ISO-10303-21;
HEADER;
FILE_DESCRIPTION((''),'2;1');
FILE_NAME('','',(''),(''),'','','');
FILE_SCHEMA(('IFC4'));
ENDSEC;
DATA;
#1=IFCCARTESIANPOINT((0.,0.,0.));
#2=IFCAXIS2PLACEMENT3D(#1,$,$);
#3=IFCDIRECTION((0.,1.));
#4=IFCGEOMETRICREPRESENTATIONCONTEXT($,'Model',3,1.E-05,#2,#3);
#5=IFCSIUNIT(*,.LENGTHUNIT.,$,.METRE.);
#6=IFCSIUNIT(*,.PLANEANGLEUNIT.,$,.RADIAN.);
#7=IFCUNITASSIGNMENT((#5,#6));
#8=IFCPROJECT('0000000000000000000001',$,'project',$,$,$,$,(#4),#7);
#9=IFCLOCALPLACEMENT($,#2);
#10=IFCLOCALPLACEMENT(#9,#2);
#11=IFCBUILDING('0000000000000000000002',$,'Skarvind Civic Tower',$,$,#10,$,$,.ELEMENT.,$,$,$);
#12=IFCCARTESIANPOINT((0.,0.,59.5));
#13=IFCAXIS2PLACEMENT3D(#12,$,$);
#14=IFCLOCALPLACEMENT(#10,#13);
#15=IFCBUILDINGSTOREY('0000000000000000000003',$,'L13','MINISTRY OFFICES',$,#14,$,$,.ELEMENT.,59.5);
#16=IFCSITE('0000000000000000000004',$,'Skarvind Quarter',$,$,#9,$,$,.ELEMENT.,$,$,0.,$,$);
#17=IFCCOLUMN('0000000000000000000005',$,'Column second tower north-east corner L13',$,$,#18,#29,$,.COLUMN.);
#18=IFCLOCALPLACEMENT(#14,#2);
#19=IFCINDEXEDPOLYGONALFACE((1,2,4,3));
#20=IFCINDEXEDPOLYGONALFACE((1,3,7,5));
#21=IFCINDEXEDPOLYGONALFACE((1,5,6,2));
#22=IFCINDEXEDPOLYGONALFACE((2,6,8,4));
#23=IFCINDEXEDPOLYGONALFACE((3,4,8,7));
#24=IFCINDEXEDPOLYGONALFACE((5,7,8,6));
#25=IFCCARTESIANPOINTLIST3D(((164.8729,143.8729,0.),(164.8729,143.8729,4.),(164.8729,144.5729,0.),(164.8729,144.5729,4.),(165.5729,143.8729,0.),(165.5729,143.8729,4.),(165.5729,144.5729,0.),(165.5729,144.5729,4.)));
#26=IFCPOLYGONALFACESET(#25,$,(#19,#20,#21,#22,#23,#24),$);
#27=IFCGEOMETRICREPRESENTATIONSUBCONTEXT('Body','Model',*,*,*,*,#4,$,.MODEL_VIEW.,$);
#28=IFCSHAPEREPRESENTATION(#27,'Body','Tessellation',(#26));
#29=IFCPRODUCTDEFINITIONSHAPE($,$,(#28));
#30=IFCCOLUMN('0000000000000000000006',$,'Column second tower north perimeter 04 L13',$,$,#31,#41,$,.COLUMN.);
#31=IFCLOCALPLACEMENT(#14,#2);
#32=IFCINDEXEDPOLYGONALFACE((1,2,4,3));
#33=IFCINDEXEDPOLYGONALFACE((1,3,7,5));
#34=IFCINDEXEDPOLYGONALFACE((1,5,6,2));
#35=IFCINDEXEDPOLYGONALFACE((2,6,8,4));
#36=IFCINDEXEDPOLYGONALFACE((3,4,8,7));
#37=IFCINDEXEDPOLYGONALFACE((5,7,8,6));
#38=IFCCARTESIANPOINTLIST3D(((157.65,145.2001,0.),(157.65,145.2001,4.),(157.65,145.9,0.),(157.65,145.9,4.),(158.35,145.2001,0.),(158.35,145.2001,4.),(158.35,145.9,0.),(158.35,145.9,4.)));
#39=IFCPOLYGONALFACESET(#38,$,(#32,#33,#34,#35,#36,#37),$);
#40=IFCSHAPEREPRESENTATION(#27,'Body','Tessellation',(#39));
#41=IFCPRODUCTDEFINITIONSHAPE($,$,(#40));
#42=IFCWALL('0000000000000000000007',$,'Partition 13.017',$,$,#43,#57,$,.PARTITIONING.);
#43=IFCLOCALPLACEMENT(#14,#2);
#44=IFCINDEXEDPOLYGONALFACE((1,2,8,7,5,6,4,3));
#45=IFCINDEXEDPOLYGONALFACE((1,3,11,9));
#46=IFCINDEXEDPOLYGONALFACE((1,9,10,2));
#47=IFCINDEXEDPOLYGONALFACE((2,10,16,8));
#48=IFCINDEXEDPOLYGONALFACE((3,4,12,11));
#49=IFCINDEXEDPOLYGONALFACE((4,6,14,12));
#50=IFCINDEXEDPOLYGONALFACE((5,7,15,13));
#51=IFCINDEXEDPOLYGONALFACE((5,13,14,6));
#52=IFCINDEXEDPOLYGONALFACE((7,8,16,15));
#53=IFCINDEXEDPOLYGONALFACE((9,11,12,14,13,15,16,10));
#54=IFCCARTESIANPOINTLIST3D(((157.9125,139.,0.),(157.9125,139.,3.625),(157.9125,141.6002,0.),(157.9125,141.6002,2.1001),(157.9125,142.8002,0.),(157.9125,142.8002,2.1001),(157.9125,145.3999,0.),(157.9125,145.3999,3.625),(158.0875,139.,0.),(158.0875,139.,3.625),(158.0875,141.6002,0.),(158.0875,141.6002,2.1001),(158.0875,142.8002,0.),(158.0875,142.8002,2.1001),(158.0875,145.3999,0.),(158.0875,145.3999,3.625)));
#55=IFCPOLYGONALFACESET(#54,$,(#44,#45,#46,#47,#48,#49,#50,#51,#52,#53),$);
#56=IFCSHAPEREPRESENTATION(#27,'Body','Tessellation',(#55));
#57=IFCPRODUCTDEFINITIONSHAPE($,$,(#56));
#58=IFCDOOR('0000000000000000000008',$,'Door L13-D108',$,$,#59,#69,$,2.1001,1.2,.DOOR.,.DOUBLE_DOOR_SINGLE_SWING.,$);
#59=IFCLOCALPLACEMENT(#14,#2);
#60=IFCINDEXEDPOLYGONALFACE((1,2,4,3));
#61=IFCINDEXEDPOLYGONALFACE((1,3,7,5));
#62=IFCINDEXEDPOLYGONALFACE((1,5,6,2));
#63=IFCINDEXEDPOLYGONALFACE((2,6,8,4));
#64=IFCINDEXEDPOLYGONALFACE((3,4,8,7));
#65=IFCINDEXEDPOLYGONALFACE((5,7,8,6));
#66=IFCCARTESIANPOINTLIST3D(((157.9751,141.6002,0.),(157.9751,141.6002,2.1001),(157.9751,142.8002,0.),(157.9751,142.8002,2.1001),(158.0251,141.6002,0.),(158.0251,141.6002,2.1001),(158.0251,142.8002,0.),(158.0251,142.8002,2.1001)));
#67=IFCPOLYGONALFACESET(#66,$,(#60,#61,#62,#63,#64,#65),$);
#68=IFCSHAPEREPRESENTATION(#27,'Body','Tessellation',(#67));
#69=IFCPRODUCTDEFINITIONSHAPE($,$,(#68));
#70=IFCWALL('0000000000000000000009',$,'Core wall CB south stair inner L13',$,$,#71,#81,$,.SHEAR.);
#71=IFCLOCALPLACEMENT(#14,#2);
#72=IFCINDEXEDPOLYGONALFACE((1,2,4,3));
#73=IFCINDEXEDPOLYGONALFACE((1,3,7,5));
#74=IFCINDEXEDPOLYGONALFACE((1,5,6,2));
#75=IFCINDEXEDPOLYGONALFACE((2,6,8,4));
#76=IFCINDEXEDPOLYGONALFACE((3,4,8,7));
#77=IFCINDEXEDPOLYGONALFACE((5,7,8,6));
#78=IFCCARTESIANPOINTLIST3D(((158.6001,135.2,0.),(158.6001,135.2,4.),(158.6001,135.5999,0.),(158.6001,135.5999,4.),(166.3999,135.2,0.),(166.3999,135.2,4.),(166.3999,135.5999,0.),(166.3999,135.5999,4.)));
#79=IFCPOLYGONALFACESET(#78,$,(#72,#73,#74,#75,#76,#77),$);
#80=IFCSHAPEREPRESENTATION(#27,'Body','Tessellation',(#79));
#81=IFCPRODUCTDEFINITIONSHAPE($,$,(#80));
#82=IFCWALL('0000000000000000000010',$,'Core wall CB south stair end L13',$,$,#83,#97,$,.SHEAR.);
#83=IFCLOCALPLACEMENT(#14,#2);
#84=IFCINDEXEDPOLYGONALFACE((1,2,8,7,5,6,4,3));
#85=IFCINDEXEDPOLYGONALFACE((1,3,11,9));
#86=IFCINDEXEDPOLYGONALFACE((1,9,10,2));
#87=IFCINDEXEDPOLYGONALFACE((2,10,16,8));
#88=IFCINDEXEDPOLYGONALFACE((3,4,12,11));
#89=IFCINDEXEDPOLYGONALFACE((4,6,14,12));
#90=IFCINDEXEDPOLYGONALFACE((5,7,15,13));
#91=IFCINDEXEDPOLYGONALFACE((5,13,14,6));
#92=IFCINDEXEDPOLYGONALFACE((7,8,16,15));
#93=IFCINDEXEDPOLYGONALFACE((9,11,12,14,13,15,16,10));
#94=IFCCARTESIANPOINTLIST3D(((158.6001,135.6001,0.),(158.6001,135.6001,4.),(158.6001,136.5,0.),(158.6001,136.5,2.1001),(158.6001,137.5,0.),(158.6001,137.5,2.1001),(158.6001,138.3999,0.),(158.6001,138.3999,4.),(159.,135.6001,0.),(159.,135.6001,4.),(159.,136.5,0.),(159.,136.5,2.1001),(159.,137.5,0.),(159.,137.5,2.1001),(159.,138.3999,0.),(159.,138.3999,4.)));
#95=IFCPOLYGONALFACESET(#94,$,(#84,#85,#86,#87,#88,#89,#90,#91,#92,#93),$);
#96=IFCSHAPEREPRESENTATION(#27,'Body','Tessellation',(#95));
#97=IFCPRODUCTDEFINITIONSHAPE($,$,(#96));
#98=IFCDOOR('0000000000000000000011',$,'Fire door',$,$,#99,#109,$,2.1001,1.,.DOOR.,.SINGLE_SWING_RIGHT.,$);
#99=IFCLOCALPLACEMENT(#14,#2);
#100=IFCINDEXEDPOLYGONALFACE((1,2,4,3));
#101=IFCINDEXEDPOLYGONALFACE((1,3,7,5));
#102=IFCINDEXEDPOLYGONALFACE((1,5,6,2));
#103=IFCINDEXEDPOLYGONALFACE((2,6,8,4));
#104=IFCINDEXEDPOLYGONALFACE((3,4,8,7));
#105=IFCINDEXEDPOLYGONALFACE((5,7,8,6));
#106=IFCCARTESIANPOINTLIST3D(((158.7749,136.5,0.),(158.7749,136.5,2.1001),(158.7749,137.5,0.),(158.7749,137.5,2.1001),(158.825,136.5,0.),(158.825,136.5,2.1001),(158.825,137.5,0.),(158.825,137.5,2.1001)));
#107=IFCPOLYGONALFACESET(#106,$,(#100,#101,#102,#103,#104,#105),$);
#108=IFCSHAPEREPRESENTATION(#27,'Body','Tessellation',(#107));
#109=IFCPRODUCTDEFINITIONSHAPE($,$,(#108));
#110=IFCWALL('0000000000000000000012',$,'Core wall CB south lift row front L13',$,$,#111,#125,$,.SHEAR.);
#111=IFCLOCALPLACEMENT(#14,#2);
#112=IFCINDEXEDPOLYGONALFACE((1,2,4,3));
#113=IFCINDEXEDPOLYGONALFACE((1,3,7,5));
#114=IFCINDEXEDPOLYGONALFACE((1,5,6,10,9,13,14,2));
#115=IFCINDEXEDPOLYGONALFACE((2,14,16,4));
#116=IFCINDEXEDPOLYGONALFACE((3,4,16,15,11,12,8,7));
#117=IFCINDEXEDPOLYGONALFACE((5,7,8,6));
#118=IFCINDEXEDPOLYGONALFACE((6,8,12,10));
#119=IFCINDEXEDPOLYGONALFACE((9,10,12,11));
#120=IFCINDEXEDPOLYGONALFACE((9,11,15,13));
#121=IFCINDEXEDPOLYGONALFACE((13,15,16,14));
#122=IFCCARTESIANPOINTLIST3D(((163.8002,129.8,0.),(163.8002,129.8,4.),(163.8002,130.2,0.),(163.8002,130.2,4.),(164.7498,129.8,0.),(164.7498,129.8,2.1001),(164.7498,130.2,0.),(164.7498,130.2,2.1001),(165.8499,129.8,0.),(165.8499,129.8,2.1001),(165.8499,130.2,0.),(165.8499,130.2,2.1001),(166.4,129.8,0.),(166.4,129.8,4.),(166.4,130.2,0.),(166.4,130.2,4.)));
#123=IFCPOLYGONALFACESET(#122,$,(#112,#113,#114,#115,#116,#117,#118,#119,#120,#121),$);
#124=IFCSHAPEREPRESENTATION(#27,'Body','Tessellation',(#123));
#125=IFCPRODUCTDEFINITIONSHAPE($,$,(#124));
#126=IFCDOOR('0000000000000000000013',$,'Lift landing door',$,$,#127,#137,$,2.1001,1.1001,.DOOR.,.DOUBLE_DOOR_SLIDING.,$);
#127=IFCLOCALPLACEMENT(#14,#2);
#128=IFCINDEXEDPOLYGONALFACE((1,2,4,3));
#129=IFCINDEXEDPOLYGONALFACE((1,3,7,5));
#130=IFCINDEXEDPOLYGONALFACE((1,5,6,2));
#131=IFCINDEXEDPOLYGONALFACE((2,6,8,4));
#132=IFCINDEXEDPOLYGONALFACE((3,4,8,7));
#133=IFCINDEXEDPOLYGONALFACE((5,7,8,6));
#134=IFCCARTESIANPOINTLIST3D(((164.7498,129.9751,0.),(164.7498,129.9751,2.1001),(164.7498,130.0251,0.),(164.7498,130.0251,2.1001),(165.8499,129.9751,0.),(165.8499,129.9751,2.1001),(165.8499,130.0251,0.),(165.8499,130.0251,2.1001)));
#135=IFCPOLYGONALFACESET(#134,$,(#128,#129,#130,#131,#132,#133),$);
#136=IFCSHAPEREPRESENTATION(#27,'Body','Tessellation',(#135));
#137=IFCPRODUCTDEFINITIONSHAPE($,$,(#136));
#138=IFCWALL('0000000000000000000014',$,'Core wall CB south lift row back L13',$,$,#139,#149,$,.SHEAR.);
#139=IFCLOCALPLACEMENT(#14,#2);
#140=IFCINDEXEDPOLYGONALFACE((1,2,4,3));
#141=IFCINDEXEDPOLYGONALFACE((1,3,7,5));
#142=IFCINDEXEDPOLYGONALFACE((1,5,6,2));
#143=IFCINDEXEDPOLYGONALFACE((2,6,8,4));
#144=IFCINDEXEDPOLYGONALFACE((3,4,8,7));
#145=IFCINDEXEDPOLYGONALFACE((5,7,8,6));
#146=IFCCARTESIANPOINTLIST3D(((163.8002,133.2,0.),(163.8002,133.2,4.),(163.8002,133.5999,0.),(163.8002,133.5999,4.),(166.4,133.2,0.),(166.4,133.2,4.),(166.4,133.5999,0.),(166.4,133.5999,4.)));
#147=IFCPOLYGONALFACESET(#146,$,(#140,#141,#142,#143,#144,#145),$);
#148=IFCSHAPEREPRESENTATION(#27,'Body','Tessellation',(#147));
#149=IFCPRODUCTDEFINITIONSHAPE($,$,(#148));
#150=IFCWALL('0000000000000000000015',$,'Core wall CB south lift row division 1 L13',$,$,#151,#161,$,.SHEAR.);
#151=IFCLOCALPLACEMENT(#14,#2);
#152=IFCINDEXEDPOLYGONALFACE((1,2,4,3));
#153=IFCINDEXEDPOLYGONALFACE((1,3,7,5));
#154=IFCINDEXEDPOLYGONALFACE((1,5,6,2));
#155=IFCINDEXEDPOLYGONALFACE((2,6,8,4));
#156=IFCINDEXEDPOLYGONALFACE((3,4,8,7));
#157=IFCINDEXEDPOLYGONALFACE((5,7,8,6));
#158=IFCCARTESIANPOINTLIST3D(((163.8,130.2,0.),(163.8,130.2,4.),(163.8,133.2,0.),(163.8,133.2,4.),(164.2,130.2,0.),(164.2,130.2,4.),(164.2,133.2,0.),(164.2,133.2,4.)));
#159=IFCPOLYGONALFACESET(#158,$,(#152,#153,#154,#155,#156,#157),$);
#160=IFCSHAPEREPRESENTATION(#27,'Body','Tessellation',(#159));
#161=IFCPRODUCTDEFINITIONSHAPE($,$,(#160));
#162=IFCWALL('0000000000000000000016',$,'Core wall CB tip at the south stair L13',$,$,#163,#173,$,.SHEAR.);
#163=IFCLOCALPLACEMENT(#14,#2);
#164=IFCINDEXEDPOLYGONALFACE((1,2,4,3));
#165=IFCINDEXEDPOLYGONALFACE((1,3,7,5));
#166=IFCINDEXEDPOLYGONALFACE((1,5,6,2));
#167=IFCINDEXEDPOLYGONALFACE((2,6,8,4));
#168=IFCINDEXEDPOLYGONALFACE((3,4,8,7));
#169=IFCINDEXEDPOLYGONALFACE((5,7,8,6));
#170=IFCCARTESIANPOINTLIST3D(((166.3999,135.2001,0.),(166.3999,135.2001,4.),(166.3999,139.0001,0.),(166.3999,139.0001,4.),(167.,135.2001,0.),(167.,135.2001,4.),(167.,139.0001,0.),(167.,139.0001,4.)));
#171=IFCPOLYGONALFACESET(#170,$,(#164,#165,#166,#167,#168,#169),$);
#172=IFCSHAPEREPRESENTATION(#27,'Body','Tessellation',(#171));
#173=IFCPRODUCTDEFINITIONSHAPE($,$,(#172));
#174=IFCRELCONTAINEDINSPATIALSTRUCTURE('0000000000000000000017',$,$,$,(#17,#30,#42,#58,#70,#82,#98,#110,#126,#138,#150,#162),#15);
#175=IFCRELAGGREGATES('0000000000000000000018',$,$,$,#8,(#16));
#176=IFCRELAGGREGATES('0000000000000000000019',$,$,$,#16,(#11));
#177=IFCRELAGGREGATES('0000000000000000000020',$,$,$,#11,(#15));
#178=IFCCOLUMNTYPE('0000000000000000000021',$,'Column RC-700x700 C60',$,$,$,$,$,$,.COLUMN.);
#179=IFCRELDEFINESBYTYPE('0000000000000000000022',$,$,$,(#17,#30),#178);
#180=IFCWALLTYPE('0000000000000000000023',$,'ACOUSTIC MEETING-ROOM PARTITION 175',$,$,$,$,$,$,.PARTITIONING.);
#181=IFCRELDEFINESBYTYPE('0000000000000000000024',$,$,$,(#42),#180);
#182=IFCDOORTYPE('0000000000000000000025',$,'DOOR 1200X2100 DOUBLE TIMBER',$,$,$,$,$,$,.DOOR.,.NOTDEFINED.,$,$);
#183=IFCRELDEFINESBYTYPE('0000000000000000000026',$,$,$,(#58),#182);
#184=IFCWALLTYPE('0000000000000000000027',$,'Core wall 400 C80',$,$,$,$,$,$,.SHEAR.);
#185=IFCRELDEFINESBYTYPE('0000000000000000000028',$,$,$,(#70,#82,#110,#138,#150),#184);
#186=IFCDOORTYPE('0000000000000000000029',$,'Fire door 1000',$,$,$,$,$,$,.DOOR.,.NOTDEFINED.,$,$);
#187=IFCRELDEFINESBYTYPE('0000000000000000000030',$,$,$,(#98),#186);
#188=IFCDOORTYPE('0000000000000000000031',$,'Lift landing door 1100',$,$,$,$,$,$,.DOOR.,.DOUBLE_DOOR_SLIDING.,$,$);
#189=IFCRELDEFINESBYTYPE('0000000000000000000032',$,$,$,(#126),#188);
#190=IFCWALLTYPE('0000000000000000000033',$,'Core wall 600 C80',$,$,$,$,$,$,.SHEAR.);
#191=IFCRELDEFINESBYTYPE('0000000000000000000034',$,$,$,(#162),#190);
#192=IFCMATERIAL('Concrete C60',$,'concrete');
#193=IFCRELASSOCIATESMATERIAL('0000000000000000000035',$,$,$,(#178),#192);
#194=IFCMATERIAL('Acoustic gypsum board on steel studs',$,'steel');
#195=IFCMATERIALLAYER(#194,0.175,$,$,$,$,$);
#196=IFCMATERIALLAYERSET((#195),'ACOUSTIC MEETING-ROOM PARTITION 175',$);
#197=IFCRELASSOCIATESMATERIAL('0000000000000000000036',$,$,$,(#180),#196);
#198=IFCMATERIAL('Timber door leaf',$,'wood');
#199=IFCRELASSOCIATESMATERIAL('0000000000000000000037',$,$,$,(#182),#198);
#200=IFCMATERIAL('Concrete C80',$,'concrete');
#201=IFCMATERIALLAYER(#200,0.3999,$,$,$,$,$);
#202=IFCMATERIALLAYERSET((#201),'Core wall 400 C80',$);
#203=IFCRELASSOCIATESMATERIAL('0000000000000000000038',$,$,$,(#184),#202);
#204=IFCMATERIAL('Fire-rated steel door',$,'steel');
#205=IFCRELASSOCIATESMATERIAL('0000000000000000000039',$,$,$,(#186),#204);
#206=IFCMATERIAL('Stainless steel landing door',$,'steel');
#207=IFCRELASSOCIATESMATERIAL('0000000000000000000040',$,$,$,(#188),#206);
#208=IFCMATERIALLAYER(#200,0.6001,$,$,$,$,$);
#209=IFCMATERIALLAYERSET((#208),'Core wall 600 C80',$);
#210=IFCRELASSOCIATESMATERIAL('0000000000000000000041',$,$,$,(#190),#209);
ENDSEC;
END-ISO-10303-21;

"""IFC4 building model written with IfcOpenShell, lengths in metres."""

from ifc_helpers import new_model, si_unit, direction, frame, frame_2d, origin, origin_2d, place, context, subcontext, project, spatial, rectangle, extrude, material, layer, layer_set, material_profile, profile_set, type_object, element, fill, save


model = new_model("IFC4")

# Units and contexts
model_context = context("Model", 3, precision=1e-05, world=origin(), true_north=direction((0.0, 1.0)))
body_context = subcontext(model_context, "Body", "Model", "MODEL_VIEW")
ifc_project = project(units=[si_unit("LENGTHUNIT", "METRE"), si_unit("PLANEANGLEUNIT", "RADIAN")], contexts=[model_context])

# Site, building, storey
site_placement = place(None, origin())
site = spatial("IfcSite", under=ifc_project, at=site_placement, Name="Skarvind Quarter", CompositionType="ELEMENT", RefElevation=0.0)
building_placement = place(site_placement, origin())
building = spatial("IfcBuilding", under=site, at=building_placement, Name="Skarvind Civic Tower", CompositionType="ELEMENT")
storey_placement = place(building_placement, frame((0.0, 0.0, 59.5)))
storey = spatial("IfcBuildingStorey", under=building, at=storey_placement, Name="L13", Description="MINISTRY OFFICES", CompositionType="ELEMENT", Elevation=59.5)

# Columns
ifc_material_1 = material(Name="Concrete C60", Category="concrete")
ifc_material_profile = material_profile(ifc_material_1, rectangle(XDim=0.7, YDim=0.7, at=origin_2d()), Name="RC-700x700")
ifc_profile_set = profile_set([ifc_material_profile], Name="Concrete C60")
column_type = type_object("IfcColumnType", Name="Column RC-700x700 C60", PredefinedType="COLUMN", material=ifc_profile_set)
for number, where, z_axis, x_axis, name in (
    (1, (165.2229, 144.2229, 0.0), (0.0, 0.0, 1.0), (1.0, 0.0, 0.0), "Column second tower north-east corner L13"),
    (2, (158.0, 145.55, 0.0), (0.0, 0.0, 1.0), (1.0, 0.0, 0.0), "Column second tower north perimeter 04 L13"),
):
    element("IfcColumn", number, at=place(storey_placement, frame(where, z_axis=z_axis, x_axis=x_axis)), inside=storey, type_object=column_type, Name=name, PredefinedType="COLUMN", context=body_context, shape_type="SweptSolid", body=[
        extrude(rectangle(XDim=0.7, YDim=0.7, at=origin_2d()), origin(), (0.0, 0.0, 1.0), 4.0),
    ])

# Wall, opening, door
ifc_material_2 = material(Name="Acoustic gypsum board on steel studs", Category="steel")
ifc_layer_1 = layer(ifc_material_2, 0.175)
ifc_layer_set_1 = layer_set([ifc_layer_1], Name="ACOUSTIC MEETING-ROOM PARTITION 175")
wall_type_1 = type_object("IfcWallType", Name="ACOUSTIC MEETING-ROOM PARTITION 175", PredefinedType="PARTITIONING", material=ifc_layer_set_1)
wall_1_placement = place(storey_placement, frame((158.0, 139.0, 0.0), z_axis=(0.0, 0.0, 1.0), x_axis=(0.0, 1.0, 0.0)))
wall_1 = element("IfcWall", 3, at=wall_1_placement, inside=storey, type_object=wall_type_1, Name="Partition 13.017", PredefinedType="PARTITIONING", context=body_context, shape_type="SweptSolid", body=[
    extrude(rectangle(XDim=6.3999, YDim=0.175, at=frame_2d((3.2, 0.0))), origin(), (0.0, 0.0, 1.0), 3.625),
])
opening_1_placement = place(wall_1_placement, frame((2.6001, 0.0, 0.0)))
opening_1 = element("IfcOpeningElement", 4, at=opening_1_placement, cuts=wall_1, PredefinedType="OPENING", context=body_context, shape_type="SweptSolid", body=[
    extrude(rectangle(XDim=1.2, YDim=2.1001, at=frame_2d((0.6001, 1.05))), frame((0.0, 0.0974, 0.0), z_axis=(0.0, -1.0, 0.0), x_axis=(1.0, 0.0, 0.0)), (0.0, 0.0, 1.0), 0.1951),
])
ifc_material_3 = material(Name="Timber door leaf", Category="wood")
door_type_1 = type_object("IfcDoorType", Name="DOOR 1200X2100 DOUBLE TIMBER", OperationType="NOTDEFINED", PredefinedType="DOOR", material=ifc_material_3)
door_1_placement = place(opening_1_placement, origin())
door_1 = element("IfcDoor", 5, at=door_1_placement, inside=storey, type_object=door_type_1, Name="Door L13-D108", OperationType="DOUBLE_DOOR_SINGLE_SWING", OverallHeight=2.1001, OverallWidth=1.2, PredefinedType="DOOR", context=body_context, shape_type="SweptSolid", body=[
    extrude(rectangle(XDim=1.2, YDim=2.1001, at=frame_2d((0.6001, 1.05))), frame((0.0, 0.0249, 0.0), z_axis=(0.0, -1.0, 0.0), x_axis=(1.0, 0.0, 0.0)), (0.0, 0.0, 1.0), 0.05),
])
fill(opening_1, door_1)

# Wall
ifc_material_4 = material(Name="Concrete C80", Category="concrete")
ifc_layer_2 = layer(ifc_material_4, 0.3999)
ifc_layer_set_2 = layer_set([ifc_layer_2], Name="Core wall 400 C80")
wall_type_2 = type_object("IfcWallType", Name="Core wall 400 C80", PredefinedType="SHEAR", material=ifc_layer_set_2)
wall_2_placement = place(storey_placement, frame((166.3999, 135.3999, 0.0), z_axis=(0.0, 0.0, 1.0), x_axis=(-1.0, 0.0, 0.0)))
element("IfcWall", 6, at=wall_2_placement, inside=storey, type_object=wall_type_2, Name="Core wall CB south stair inner L13", PredefinedType="SHEAR", context=body_context, shape_type="SweptSolid", body=[
    extrude(rectangle(XDim=7.7998, YDim=0.3999, at=frame_2d((3.8999, 0.0))), origin(), (0.0, 0.0, 1.0), 4.0),
])

# Walls, openings, doors
wall_3_placement = place(storey_placement, frame((158.8, 138.3999, 0.0), z_axis=(0.0, 0.0, 1.0), x_axis=(0.0, -1.0, 0.0)))
wall_3 = element("IfcWall", 7, at=wall_3_placement, inside=storey, type_object=wall_type_2, Name="Core wall CB south stair end L13", PredefinedType="SHEAR", context=body_context, shape_type="SweptSolid", body=[
    extrude(rectangle(XDim=2.7998, YDim=0.3999, at=frame_2d((1.3999, 0.0))), origin(), (0.0, 0.0, 1.0), 4.0),
])
opening_2_placement = place(wall_3_placement, frame((0.8999, 0.0, 0.0)))
opening_2 = element("IfcOpeningElement", 8, at=opening_2_placement, cuts=wall_3, PredefinedType="OPENING", context=body_context, shape_type="SweptSolid", body=[
    extrude(rectangle(XDim=1.0, YDim=2.1001, at=frame_2d((0.5, 1.05))), frame((0.0, 0.21, 0.0), z_axis=(0.0, -1.0, 0.0), x_axis=(1.0, 0.0, 0.0)), (0.0, 0.0, 1.0), 0.4199),
])
ifc_material_5 = material(Name="Fire-rated steel door", Category="steel")
door_type_2 = type_object("IfcDoorType", Name="Fire door 1000", OperationType="NOTDEFINED", PredefinedType="DOOR", material=ifc_material_5)
door_2_placement = place(opening_2_placement, origin())
door_2 = element("IfcDoor", 9, at=door_2_placement, inside=storey, type_object=door_type_2, Name="Fire door", OperationType="SINGLE_SWING_RIGHT", OverallHeight=2.1001, OverallWidth=1.0, PredefinedType="DOOR", context=body_context, shape_type="SweptSolid", body=[
    extrude(rectangle(XDim=1.0, YDim=2.1001, at=frame_2d((0.5, 1.05))), frame((0.0, 0.0249, 0.0), z_axis=(0.0, -1.0, 0.0), x_axis=(1.0, 0.0, 0.0)), (0.0, 0.0, 1.0), 0.05),
])
fill(opening_2, door_2)
wall_4_placement = place(storey_placement, frame((166.3999, 130.0, 0.0), z_axis=(0.0, 0.0, 1.0), x_axis=(-1.0, 0.0, 0.0)))
wall_4 = element("IfcWall", 10, at=wall_4_placement, inside=storey, type_object=wall_type_2, Name="Core wall CB south lift row front L13", PredefinedType="SHEAR", context=body_context, shape_type="SweptSolid", body=[
    extrude(rectangle(XDim=2.5999, YDim=0.3999, at=frame_2d((1.2998, 0.0))), origin(), (0.0, 0.0, 1.0), 4.0),
])
opening_3_placement = place(wall_4_placement, frame((0.55, 0.0, 0.0)))
opening_3 = element("IfcOpeningElement", 11, at=opening_3_placement, cuts=wall_4, PredefinedType="OPENING", context=body_context, shape_type="SweptSolid", body=[
    extrude(rectangle(XDim=1.1001, YDim=2.1001, at=frame_2d((0.55, 1.05))), frame((0.0, 0.21, 0.0), z_axis=(0.0, -1.0, 0.0), x_axis=(1.0, 0.0, 0.0)), (0.0, 0.0, 1.0), 0.4199),
])
ifc_material_6 = material(Name="Stainless steel landing door", Category="steel")
door_type_3 = type_object("IfcDoorType", Name="Lift landing door 1100", OperationType="DOUBLE_DOOR_SLIDING", PredefinedType="DOOR", material=ifc_material_6)
door_3_placement = place(opening_3_placement, origin())
door_3 = element("IfcDoor", 12, at=door_3_placement, inside=storey, type_object=door_type_3, Name="Lift landing door", OperationType="DOUBLE_DOOR_SLIDING", OverallHeight=2.1001, OverallWidth=1.1001, PredefinedType="DOOR", context=body_context, shape_type="SweptSolid", body=[
    extrude(rectangle(XDim=1.1001, YDim=2.1001, at=frame_2d((0.55, 1.05))), frame((0.0, 0.0249, 0.0), z_axis=(0.0, -1.0, 0.0), x_axis=(1.0, 0.0, 0.0)), (0.0, 0.0, 1.0), 0.05),
])
fill(opening_3, door_3)

# Walls
wall_5_placement = place(storey_placement, frame((166.3999, 133.3999, 0.0), z_axis=(0.0, 0.0, 1.0), x_axis=(-1.0, 0.0, 0.0)))
element("IfcWall", 13, at=wall_5_placement, inside=storey, type_object=wall_type_2, Name="Core wall CB south lift row back L13", PredefinedType="SHEAR", context=body_context, shape_type="SweptSolid", body=[
    extrude(rectangle(XDim=2.5999, YDim=0.3999, at=frame_2d((1.2998, 0.0))), origin(), (0.0, 0.0, 1.0), 4.0),
])
wall_6_placement = place(storey_placement, frame((164.0, 133.2, 0.0), z_axis=(0.0, 0.0, 1.0), x_axis=(0.0, -1.0, 0.0)))
element("IfcWall", 14, at=wall_6_placement, inside=storey, type_object=wall_type_2, Name="Core wall CB south lift row division 1 L13", PredefinedType="SHEAR", context=body_context, shape_type="SweptSolid", body=[
    extrude(rectangle(XDim=3.0, YDim=0.3999, at=frame_2d((1.5, 0.0))), origin(), (0.0, 0.0, 1.0), 4.0),
])
ifc_layer_3 = layer(ifc_material_4, 0.6001)
ifc_layer_set_3 = layer_set([ifc_layer_3], Name="Core wall 600 C80")
wall_type_3 = type_object("IfcWallType", Name="Core wall 600 C80", PredefinedType="SHEAR", material=ifc_layer_set_3)
wall_7_placement = place(storey_placement, frame((166.7, 139.0, 0.0), z_axis=(0.0, 0.0, 1.0), x_axis=(0.0, -1.0, 0.0)))
element("IfcWall", 15, at=wall_7_placement, inside=storey, type_object=wall_type_3, Name="Core wall CB tip at the south stair L13", PredefinedType="SHEAR", context=body_context, shape_type="SweptSolid", body=[
    extrude(rectangle(XDim=3.8, YDim=0.6001, at=frame_2d((1.8999, 0.0))), origin(), (0.0, 0.0, 1.0), 4.0),
])

save(model, "model.ifc")
